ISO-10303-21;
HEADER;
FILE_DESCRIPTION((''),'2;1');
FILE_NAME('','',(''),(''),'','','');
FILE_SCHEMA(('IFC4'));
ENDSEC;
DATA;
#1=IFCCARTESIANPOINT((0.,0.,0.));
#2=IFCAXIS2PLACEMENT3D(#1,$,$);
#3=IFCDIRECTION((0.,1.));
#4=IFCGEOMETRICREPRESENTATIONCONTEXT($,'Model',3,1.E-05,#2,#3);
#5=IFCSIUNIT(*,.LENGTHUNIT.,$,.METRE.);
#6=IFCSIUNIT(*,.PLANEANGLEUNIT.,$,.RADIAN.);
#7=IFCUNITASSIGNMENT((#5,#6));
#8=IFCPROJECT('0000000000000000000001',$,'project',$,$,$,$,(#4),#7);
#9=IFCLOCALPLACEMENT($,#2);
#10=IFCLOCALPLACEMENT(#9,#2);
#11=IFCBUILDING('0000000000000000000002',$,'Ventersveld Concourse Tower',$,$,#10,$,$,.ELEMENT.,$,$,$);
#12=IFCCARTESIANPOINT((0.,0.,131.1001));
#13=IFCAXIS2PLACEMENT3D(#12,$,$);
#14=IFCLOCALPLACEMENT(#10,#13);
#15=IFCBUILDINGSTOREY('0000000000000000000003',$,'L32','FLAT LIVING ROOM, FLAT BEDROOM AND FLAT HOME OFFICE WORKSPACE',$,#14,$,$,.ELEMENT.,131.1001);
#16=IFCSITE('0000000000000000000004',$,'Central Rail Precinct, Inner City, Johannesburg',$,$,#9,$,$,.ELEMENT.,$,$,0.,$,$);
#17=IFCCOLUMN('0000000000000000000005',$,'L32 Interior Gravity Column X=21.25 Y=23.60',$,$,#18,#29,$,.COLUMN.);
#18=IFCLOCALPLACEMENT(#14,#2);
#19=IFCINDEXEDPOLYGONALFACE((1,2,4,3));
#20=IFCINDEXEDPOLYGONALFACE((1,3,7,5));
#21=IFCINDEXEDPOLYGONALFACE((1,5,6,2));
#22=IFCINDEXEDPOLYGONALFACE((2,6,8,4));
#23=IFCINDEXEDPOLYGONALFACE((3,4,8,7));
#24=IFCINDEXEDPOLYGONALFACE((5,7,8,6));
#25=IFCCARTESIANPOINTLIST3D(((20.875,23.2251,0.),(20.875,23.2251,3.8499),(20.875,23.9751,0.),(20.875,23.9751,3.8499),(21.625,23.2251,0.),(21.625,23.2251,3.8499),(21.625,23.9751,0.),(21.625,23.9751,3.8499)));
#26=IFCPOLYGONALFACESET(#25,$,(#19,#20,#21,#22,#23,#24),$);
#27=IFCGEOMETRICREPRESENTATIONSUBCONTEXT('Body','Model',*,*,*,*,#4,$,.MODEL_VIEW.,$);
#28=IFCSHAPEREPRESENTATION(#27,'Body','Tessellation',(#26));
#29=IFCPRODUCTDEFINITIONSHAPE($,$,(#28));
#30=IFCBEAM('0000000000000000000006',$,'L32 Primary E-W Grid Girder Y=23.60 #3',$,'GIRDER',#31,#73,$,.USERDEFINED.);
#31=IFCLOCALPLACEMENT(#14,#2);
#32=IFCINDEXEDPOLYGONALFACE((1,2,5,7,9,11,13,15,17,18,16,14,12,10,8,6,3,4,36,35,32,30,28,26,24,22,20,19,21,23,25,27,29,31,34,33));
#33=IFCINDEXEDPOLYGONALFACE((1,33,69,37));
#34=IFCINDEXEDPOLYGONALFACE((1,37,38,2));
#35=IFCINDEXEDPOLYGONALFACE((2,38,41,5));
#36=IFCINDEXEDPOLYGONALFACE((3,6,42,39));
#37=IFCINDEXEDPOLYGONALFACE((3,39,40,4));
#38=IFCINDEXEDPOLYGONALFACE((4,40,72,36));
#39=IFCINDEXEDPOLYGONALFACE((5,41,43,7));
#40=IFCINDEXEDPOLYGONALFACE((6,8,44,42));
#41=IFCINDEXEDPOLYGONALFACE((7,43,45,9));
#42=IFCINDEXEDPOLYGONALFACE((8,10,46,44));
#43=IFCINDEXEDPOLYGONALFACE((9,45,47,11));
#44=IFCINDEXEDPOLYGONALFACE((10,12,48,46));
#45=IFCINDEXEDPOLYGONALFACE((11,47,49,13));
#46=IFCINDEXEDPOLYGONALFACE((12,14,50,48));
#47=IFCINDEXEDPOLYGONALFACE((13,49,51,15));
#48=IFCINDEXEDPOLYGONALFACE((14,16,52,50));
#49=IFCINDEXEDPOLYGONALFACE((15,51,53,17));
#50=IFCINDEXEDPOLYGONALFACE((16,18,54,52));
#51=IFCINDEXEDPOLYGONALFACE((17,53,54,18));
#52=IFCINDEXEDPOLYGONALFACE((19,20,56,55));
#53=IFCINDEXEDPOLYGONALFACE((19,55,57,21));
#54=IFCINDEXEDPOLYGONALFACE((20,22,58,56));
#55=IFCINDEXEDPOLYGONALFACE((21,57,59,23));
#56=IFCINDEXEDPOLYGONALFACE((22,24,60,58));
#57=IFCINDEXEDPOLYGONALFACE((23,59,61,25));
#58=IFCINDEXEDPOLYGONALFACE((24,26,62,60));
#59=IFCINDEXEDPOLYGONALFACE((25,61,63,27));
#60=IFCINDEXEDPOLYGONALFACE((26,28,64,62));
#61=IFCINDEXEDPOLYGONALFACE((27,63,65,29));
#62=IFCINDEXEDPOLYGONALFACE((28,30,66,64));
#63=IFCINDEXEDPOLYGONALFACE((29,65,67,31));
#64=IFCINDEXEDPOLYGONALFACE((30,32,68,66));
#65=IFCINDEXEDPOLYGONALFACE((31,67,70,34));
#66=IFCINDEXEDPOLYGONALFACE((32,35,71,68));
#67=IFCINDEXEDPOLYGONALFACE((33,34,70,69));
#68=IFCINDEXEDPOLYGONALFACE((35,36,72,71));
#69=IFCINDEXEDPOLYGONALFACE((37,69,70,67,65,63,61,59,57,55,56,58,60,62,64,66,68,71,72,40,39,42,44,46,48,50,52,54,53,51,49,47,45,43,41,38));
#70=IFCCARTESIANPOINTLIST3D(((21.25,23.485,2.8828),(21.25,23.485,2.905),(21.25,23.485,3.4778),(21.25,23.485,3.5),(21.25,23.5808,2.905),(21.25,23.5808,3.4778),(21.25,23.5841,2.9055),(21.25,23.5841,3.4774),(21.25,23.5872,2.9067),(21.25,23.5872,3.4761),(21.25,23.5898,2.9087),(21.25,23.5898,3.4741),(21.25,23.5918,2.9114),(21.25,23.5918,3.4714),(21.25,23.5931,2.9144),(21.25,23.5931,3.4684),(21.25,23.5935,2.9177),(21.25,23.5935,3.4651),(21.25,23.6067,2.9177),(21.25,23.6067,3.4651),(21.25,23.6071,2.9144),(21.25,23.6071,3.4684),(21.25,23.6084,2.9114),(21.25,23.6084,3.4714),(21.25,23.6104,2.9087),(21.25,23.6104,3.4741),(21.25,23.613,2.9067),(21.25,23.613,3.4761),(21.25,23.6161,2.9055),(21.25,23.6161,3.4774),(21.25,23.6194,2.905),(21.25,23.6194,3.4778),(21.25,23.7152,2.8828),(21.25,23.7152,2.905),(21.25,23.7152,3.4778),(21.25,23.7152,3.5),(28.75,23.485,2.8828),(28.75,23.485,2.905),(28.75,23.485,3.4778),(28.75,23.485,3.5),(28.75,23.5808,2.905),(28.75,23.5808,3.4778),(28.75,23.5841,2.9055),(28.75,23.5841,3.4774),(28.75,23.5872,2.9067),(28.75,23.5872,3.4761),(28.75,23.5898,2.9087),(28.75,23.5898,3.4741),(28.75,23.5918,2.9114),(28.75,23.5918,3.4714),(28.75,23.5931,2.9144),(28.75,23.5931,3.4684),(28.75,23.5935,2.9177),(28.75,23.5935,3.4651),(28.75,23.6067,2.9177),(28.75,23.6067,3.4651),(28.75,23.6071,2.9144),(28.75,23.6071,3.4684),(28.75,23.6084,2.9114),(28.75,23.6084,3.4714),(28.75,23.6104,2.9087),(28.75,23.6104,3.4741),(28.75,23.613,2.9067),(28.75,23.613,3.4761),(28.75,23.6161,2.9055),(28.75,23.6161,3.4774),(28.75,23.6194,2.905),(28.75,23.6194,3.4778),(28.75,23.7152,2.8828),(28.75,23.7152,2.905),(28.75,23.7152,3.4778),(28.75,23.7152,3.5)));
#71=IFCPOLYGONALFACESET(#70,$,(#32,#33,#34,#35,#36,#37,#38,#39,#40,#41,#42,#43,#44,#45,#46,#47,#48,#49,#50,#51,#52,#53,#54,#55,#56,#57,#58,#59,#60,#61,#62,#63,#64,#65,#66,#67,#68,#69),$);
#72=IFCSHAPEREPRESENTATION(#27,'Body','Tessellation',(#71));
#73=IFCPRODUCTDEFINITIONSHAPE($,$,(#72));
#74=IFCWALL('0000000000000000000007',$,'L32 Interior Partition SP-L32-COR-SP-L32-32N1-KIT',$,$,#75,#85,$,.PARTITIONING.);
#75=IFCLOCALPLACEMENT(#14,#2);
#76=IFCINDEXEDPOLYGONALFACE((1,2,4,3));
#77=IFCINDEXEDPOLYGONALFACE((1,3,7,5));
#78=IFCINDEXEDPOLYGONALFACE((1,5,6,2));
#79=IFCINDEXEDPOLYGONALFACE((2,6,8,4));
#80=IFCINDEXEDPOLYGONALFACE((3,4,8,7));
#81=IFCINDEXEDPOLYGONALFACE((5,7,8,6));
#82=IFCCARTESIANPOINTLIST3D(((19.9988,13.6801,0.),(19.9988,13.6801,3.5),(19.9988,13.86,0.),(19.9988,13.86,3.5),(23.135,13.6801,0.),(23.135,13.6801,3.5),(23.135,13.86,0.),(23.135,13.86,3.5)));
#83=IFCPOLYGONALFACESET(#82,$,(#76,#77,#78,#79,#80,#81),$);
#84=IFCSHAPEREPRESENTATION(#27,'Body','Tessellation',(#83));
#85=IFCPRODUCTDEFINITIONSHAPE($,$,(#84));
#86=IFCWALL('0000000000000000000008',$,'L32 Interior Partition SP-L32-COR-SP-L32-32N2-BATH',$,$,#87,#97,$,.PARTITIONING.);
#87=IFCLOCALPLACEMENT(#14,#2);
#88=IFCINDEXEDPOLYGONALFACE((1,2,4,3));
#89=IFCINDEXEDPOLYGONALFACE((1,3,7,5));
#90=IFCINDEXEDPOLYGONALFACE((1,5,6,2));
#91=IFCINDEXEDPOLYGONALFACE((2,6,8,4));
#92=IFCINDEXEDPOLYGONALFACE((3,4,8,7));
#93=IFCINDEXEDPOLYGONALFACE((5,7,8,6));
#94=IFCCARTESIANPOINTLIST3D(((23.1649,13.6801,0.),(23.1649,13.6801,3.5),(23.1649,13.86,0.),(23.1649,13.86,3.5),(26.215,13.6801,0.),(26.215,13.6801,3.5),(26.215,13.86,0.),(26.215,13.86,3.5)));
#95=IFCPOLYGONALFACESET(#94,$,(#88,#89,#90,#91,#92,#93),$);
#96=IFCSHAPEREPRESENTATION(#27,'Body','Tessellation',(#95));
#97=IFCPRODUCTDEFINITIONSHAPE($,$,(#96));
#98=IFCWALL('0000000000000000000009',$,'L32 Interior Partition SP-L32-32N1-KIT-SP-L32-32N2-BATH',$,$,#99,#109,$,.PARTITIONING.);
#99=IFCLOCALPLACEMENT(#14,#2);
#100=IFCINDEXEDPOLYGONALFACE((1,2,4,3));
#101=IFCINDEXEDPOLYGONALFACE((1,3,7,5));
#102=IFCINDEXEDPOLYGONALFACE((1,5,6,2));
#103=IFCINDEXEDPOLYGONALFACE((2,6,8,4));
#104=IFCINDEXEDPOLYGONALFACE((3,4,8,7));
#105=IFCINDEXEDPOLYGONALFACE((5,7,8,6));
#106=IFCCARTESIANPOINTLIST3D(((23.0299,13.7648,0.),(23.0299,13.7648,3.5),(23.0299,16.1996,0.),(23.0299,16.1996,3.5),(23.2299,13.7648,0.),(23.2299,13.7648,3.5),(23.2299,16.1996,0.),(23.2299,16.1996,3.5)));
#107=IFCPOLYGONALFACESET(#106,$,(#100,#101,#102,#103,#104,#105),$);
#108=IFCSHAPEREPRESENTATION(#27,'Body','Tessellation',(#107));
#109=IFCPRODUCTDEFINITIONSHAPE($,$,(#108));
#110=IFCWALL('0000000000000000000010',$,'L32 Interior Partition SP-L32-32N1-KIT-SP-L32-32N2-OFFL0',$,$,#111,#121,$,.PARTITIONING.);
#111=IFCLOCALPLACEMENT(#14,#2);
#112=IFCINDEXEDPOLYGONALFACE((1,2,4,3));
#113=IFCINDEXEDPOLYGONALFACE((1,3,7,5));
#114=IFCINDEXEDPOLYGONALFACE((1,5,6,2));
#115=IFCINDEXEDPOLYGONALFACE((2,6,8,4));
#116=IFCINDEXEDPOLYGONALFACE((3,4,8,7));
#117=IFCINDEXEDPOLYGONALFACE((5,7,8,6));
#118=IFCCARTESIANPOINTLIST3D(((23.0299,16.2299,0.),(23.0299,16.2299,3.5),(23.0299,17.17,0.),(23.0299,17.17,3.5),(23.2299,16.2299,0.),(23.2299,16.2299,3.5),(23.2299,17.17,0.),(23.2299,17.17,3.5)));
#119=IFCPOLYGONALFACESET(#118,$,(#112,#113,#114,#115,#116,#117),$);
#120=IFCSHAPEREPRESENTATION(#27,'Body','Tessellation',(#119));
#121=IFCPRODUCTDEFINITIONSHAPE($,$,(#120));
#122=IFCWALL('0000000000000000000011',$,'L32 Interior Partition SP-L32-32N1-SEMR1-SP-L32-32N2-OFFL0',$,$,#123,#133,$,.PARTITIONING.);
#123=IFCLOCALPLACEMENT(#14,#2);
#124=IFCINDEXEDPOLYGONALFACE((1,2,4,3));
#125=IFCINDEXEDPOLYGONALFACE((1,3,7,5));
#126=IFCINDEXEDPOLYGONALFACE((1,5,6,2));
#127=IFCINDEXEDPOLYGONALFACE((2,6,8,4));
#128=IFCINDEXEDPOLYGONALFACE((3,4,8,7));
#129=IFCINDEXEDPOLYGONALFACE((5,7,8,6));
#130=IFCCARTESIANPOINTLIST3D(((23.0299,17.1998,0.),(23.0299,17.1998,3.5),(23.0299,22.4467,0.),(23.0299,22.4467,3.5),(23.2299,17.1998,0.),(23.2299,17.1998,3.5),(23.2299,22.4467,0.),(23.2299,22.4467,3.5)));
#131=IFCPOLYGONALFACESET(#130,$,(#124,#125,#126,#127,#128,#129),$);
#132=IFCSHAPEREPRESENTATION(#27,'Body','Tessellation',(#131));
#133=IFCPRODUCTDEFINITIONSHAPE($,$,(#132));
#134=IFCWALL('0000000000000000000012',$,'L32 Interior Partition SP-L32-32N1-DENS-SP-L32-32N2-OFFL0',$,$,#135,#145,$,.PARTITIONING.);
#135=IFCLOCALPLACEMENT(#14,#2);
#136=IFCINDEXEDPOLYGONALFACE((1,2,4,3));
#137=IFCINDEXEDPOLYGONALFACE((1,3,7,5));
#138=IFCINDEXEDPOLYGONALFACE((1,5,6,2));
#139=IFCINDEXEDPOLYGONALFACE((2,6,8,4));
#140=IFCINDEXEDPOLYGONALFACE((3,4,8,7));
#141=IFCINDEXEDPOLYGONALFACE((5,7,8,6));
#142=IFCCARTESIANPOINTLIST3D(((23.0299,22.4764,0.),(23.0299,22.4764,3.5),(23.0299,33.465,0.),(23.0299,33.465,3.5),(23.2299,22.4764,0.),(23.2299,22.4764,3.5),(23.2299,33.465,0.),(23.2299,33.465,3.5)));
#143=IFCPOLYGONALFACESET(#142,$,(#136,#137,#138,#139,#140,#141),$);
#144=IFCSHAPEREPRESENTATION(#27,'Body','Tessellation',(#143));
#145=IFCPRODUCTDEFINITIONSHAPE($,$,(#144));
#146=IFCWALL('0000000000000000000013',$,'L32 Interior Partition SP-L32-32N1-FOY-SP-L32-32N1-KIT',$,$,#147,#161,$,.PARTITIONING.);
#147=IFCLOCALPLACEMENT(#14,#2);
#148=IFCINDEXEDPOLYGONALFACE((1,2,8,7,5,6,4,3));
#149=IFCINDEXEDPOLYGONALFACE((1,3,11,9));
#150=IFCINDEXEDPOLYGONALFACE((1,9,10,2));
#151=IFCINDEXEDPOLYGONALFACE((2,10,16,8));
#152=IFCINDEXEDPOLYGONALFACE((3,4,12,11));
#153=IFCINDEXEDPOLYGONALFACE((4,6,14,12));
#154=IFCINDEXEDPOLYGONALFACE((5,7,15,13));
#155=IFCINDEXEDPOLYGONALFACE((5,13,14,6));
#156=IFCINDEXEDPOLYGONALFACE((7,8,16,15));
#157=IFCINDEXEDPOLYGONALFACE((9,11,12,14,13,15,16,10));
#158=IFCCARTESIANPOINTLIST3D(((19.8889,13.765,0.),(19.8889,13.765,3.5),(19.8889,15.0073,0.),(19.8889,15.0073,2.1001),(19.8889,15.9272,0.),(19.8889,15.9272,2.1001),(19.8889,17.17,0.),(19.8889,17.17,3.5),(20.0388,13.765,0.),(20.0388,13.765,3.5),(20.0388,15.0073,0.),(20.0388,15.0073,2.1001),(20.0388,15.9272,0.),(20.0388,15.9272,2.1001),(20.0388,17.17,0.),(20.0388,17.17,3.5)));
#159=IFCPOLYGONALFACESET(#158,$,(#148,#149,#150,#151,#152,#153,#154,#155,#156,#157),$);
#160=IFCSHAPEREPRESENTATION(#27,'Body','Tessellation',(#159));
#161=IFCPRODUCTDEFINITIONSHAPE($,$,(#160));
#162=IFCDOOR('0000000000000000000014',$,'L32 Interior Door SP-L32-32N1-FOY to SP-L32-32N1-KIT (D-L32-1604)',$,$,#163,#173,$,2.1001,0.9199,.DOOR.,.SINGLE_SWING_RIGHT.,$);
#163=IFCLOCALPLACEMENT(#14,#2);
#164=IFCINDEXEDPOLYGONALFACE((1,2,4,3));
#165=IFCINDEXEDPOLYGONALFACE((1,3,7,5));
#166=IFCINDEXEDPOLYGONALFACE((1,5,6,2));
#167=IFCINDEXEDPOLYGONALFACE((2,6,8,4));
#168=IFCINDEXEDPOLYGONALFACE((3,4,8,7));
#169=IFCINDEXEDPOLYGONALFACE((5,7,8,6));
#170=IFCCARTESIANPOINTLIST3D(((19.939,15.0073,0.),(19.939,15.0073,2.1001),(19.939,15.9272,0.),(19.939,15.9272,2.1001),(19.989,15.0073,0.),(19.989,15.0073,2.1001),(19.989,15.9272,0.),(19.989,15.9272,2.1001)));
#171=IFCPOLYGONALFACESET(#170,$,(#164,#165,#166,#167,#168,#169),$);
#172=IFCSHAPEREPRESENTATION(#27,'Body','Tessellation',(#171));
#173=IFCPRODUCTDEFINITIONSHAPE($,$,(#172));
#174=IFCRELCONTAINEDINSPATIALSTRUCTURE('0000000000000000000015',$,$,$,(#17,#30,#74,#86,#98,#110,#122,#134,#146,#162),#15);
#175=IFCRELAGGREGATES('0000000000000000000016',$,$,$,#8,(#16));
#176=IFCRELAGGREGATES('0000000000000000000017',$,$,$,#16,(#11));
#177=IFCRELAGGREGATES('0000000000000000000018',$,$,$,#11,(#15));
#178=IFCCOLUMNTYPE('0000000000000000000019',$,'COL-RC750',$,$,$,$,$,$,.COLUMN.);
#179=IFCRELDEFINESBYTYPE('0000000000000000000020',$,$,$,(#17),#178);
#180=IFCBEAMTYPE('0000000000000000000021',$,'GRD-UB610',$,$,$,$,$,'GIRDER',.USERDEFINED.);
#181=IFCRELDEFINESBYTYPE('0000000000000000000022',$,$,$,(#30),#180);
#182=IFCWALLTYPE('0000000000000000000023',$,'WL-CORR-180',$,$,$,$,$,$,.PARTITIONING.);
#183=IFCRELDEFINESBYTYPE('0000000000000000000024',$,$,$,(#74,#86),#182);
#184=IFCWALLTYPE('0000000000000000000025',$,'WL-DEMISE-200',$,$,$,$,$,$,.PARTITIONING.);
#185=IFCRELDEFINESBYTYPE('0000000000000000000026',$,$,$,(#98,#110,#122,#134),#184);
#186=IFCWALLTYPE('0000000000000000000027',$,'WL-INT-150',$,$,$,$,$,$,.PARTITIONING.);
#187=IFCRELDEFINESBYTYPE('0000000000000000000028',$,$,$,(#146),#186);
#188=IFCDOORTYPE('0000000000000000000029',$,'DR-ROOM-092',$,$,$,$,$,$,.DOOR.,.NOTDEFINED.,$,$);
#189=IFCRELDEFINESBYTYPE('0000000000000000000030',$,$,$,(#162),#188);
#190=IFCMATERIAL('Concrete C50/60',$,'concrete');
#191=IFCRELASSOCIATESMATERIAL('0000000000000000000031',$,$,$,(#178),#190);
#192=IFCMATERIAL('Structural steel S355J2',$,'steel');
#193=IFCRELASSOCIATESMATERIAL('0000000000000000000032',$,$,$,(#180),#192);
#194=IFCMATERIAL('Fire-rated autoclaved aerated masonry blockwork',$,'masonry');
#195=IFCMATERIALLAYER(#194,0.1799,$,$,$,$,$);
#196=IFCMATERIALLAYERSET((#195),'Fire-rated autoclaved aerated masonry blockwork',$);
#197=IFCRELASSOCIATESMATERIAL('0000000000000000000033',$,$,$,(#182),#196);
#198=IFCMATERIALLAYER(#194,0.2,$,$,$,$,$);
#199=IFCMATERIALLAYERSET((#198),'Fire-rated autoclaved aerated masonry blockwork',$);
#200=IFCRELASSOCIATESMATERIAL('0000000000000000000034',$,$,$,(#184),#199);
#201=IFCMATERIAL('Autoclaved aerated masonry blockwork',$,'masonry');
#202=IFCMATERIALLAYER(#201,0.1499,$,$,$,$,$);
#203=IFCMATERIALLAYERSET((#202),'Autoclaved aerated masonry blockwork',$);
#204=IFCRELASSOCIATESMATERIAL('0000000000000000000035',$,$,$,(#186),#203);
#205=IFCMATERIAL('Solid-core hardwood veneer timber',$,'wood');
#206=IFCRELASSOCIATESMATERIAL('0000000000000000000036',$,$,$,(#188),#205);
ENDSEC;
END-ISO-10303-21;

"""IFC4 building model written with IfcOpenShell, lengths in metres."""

from ifc_helpers import new_model, si_unit, direction, frame, frame_2d, origin, origin_2d, place, context, subcontext, project, spatial, rectangle, i_section, extrude, material, layer, layer_set, material_profile, profile_set, type_object, element, fill, save


model = new_model("IFC4")

# Units and contexts
model_context = context("Model", 3, precision=1e-05, world=origin(), true_north=direction((0.0, 1.0)))
body_context = subcontext(model_context, "Body", "Model", "MODEL_VIEW")
ifc_project = project(units=[si_unit("LENGTHUNIT", "METRE"), si_unit("PLANEANGLEUNIT", "RADIAN")], contexts=[model_context])

# Site, building, storey
site_placement = place(None, origin())
site = spatial("IfcSite", under=ifc_project, at=site_placement, Name="Central Rail Precinct, Inner City, Johannesburg", CompositionType="ELEMENT", RefElevation=0.0)
building_placement = place(site_placement, origin())
building = spatial("IfcBuilding", under=site, at=building_placement, Name="Ventersveld Concourse Tower", CompositionType="ELEMENT")
storey_placement = place(building_placement, frame((0.0, 0.0, 131.1001)))
storey = spatial("IfcBuildingStorey", under=building, at=storey_placement, Name="L32", Description="FLAT LIVING ROOM, FLAT BEDROOM AND FLAT HOME OFFICE WORKSPACE", CompositionType="ELEMENT", Elevation=131.1001)

# Column
ifc_material_1 = material(Name="Concrete C50/60", Category="concrete")
ifc_material_profile_1 = material_profile(ifc_material_1, rectangle(XDim=0.75, YDim=0.75, at=origin_2d()), Name="RC 750x750")
ifc_profile_set_1 = profile_set([ifc_material_profile_1], Name="Concrete C50/60")
column_type = type_object("IfcColumnType", Name="COL-RC750", PredefinedType="COLUMN", material=ifc_profile_set_1)
column_placement = place(storey_placement, frame((21.25, 23.6001, 0.0), z_axis=(0.0, 0.0, 1.0), x_axis=(1.0, 0.0, 0.0)))
element("IfcColumn", 1, at=column_placement, inside=storey, type_object=column_type, Name="L32 Interior Gravity Column X=21.25 Y=23.60", PredefinedType="COLUMN", context=body_context, shape_type="SweptSolid", body=[
    extrude(rectangle(XDim=0.75, YDim=0.75, at=origin_2d()), origin(), (0.0, 0.0, 1.0), 3.8499),
])

# Beam
ifc_material_2 = material(Name="Structural steel S355J2", Category="steel")
ifc_material_profile_2 = material_profile(ifc_material_2, i_section(OverallWidth=0.2302, OverallDepth=0.6172, WebThickness=0.0132, FlangeThickness=0.0222, FilletRadius=0.0127, at=origin_2d()), Name="UB 610x229x140")
ifc_profile_set_2 = profile_set([ifc_material_profile_2], Name="Structural steel S355J2")
beam_type = type_object("IfcBeamType", Name="GRD-UB610", ElementType="GIRDER", PredefinedType="USERDEFINED", material=ifc_profile_set_2)
beam_placement = place(storey_placement, frame((21.25, 23.6001, 3.1914), z_axis=(1.0, 0.0, 0.0), x_axis=(0.0, 1.0, 0.0)))
element("IfcBeam", 2, at=beam_placement, inside=storey, type_object=beam_type, Name="L32 Primary E-W Grid Girder Y=23.60 #3", ObjectType="GIRDER", PredefinedType="USERDEFINED", context=body_context, shape_type="SweptSolid", body=[
    extrude(i_section(OverallWidth=0.2302, OverallDepth=0.6172, WebThickness=0.0132, FlangeThickness=0.0222, FilletRadius=0.0127, at=origin_2d()), origin(), (0.0, 0.0, 1.0), 7.5),
])

# Wall
ifc_material_3 = material(Name="Fire-rated autoclaved aerated masonry blockwork", Category="masonry")
ifc_layer_1 = layer(ifc_material_3, 0.1799)
ifc_layer_set_1 = layer_set([ifc_layer_1], Name="Fire-rated autoclaved aerated masonry blockwork")
wall_type_1 = type_object("IfcWallType", Name="WL-CORR-180", PredefinedType="PARTITIONING", material=ifc_layer_set_1)
wall_1_placement = place(storey_placement, frame((19.9988, 13.77, 0.0), z_axis=(0.0, 0.0, 1.0), x_axis=(1.0, 0.0, 0.0)))
element("IfcWall", 3, at=wall_1_placement, inside=storey, type_object=wall_type_1, Name="L32 Interior Partition SP-L32-COR-SP-L32-32N1-KIT", PredefinedType="PARTITIONING", context=body_context, shape_type="SweptSolid", body=[
    extrude(rectangle(XDim=3.1362, YDim=0.1799, at=frame_2d((1.5681, 0.0))), origin(), (0.0, 0.0, 1.0), 3.5),
])

# Shared definitions
ifc_material_4 = material(Name="Solid-core hardwood veneer timber", Category="wood")

# Walls
wall_2_placement = place(storey_placement, frame((23.165, 13.77, 0.0), z_axis=(0.0, 0.0, 1.0), x_axis=(1.0, 0.0, 0.0)))
element("IfcWall", 4, at=wall_2_placement, inside=storey, type_object=wall_type_1, Name="L32 Interior Partition SP-L32-COR-SP-L32-32N2-BATH", PredefinedType="PARTITIONING", context=body_context, shape_type="SweptSolid", body=[
    extrude(rectangle(XDim=3.05, YDim=0.1799, at=frame_2d((1.5249, 0.0))), origin(), (0.0, 0.0, 1.0), 3.5),
])
ifc_layer_2 = layer(ifc_material_3, 0.2)
ifc_layer_set_2 = layer_set([ifc_layer_2], Name="Fire-rated autoclaved aerated masonry blockwork")
wall_type_2 = type_object("IfcWallType", Name="WL-DEMISE-200", PredefinedType="PARTITIONING", material=ifc_layer_set_2)
wall_3_placement = place(storey_placement, frame((23.1299, 13.7649, 0.0), z_axis=(0.0, 0.0, 1.0), x_axis=(0.0, 1.0, 0.0)))
element("IfcWall", 5, at=wall_3_placement, inside=storey, type_object=wall_type_2, Name="L32 Interior Partition SP-L32-32N1-KIT-SP-L32-32N2-BATH", PredefinedType="PARTITIONING", context=body_context, shape_type="SweptSolid", body=[
    extrude(rectangle(XDim=2.4348, YDim=0.2, at=frame_2d((1.2173, 0.0))), origin(), (0.0, 0.0, 1.0), 3.5),
])
wall_4_placement = place(storey_placement, frame((23.1299, 16.2297, 0.0), z_axis=(0.0, 0.0, 1.0), x_axis=(0.0, 1.0, 0.0)))
element("IfcWall", 6, at=wall_4_placement, inside=storey, type_object=wall_type_2, Name="L32 Interior Partition SP-L32-32N1-KIT-SP-L32-32N2-OFFL0", PredefinedType="PARTITIONING", context=body_context, shape_type="SweptSolid", body=[
    extrude(rectangle(XDim=0.9402, YDim=0.2, at=frame_2d((0.4702, 0.0))), origin(), (0.0, 0.0, 1.0), 3.5),
])
wall_5_placement = place(storey_placement, frame((23.1299, 17.1997, 0.0), z_axis=(0.0, 0.0, 1.0), x_axis=(0.0, 1.0, 0.0)))
element("IfcWall", 7, at=wall_5_placement, inside=storey, type_object=wall_type_2, Name="L32 Interior Partition SP-L32-32N1-SEMR1-SP-L32-32N2-OFFL0", PredefinedType="PARTITIONING", context=body_context, shape_type="SweptSolid", body=[
    extrude(rectangle(XDim=5.2468, YDim=0.2, at=frame_2d((2.6235, 0.0))), origin(), (0.0, 0.0, 1.0), 3.5),
])
wall_6_placement = place(storey_placement, frame((23.1299, 22.4766, 0.0), z_axis=(0.0, 0.0, 1.0), x_axis=(0.0, 1.0, 0.0)))
element("IfcWall", 8, at=wall_6_placement, inside=storey, type_object=wall_type_2, Name="L32 Interior Partition SP-L32-32N1-DENS-SP-L32-32N2-OFFL0", PredefinedType="PARTITIONING", context=body_context, shape_type="SweptSolid", body=[
    extrude(rectangle(XDim=10.9885, YDim=0.2, at=frame_2d((5.4941, 0.0))), origin(), (0.0, 0.0, 1.0), 3.5),
])

# Wall, opening, door
ifc_material_5 = material(Name="Autoclaved aerated masonry blockwork", Category="masonry")
ifc_layer_3 = layer(ifc_material_5, 0.1499)
ifc_layer_set_3 = layer_set([ifc_layer_3], Name="Autoclaved aerated masonry blockwork")
wall_type_3 = type_object("IfcWallType", Name="WL-INT-150", PredefinedType="PARTITIONING", material=ifc_layer_set_3)
wall_7_placement = place(storey_placement, frame((19.9639, 13.7649, 0.0), z_axis=(0.0, 0.0, 1.0), x_axis=(0.0, 1.0, 0.0)))
wall_7 = element("IfcWall", 9, at=wall_7_placement, inside=storey, type_object=wall_type_3, Name="L32 Interior Partition SP-L32-32N1-FOY-SP-L32-32N1-KIT", PredefinedType="PARTITIONING", context=body_context, shape_type="SweptSolid", body=[
    extrude(rectangle(XDim=3.405, YDim=0.1499, at=frame_2d((1.7026, 0.0))), origin(), (0.0, 0.0, 1.0), 3.5),
])
opening_1_placement = place(wall_7_placement, frame((1.2424, 0.0, 0.0)))
opening_1 = element("IfcOpeningElement", 10, at=opening_1_placement, cuts=wall_7, PredefinedType="OPENING", context=body_context, shape_type="SweptSolid", body=[
    extrude(rectangle(XDim=0.9199, YDim=2.1001, at=frame_2d((0.46, 1.05))), frame((0.0, 0.085, 0.0), z_axis=(0.0, -1.0, 0.0), x_axis=(1.0, 0.0, 0.0)), (0.0, 0.0, 1.0), 0.1699),
])
door_type_1 = type_object("IfcDoorType", Name="DR-ROOM-092", OperationType="NOTDEFINED", PredefinedType="DOOR", material=ifc_material_4)
door_1_placement = place(opening_1_placement, origin())
door_1 = element("IfcDoor", 11, at=door_1_placement, inside=storey, type_object=door_type_1, Name="L32 Interior Door SP-L32-32N1-FOY to SP-L32-32N1-KIT (D-L32-1604)", OperationType="SINGLE_SWING_RIGHT", OverallHeight=2.1001, OverallWidth=0.9199, PredefinedType="DOOR", context=body_context, shape_type="SweptSolid", body=[
    extrude(rectangle(XDim=0.9199, YDim=2.1001, at=frame_2d((0.46, 1.05))), frame((0.0, 0.0249, 0.0), z_axis=(0.0, -1.0, 0.0), x_axis=(1.0, 0.0, 0.0)), (0.0, 0.0, 1.0), 0.05),
])
fill(opening_1, door_1)

save(model, "model.ifc")
